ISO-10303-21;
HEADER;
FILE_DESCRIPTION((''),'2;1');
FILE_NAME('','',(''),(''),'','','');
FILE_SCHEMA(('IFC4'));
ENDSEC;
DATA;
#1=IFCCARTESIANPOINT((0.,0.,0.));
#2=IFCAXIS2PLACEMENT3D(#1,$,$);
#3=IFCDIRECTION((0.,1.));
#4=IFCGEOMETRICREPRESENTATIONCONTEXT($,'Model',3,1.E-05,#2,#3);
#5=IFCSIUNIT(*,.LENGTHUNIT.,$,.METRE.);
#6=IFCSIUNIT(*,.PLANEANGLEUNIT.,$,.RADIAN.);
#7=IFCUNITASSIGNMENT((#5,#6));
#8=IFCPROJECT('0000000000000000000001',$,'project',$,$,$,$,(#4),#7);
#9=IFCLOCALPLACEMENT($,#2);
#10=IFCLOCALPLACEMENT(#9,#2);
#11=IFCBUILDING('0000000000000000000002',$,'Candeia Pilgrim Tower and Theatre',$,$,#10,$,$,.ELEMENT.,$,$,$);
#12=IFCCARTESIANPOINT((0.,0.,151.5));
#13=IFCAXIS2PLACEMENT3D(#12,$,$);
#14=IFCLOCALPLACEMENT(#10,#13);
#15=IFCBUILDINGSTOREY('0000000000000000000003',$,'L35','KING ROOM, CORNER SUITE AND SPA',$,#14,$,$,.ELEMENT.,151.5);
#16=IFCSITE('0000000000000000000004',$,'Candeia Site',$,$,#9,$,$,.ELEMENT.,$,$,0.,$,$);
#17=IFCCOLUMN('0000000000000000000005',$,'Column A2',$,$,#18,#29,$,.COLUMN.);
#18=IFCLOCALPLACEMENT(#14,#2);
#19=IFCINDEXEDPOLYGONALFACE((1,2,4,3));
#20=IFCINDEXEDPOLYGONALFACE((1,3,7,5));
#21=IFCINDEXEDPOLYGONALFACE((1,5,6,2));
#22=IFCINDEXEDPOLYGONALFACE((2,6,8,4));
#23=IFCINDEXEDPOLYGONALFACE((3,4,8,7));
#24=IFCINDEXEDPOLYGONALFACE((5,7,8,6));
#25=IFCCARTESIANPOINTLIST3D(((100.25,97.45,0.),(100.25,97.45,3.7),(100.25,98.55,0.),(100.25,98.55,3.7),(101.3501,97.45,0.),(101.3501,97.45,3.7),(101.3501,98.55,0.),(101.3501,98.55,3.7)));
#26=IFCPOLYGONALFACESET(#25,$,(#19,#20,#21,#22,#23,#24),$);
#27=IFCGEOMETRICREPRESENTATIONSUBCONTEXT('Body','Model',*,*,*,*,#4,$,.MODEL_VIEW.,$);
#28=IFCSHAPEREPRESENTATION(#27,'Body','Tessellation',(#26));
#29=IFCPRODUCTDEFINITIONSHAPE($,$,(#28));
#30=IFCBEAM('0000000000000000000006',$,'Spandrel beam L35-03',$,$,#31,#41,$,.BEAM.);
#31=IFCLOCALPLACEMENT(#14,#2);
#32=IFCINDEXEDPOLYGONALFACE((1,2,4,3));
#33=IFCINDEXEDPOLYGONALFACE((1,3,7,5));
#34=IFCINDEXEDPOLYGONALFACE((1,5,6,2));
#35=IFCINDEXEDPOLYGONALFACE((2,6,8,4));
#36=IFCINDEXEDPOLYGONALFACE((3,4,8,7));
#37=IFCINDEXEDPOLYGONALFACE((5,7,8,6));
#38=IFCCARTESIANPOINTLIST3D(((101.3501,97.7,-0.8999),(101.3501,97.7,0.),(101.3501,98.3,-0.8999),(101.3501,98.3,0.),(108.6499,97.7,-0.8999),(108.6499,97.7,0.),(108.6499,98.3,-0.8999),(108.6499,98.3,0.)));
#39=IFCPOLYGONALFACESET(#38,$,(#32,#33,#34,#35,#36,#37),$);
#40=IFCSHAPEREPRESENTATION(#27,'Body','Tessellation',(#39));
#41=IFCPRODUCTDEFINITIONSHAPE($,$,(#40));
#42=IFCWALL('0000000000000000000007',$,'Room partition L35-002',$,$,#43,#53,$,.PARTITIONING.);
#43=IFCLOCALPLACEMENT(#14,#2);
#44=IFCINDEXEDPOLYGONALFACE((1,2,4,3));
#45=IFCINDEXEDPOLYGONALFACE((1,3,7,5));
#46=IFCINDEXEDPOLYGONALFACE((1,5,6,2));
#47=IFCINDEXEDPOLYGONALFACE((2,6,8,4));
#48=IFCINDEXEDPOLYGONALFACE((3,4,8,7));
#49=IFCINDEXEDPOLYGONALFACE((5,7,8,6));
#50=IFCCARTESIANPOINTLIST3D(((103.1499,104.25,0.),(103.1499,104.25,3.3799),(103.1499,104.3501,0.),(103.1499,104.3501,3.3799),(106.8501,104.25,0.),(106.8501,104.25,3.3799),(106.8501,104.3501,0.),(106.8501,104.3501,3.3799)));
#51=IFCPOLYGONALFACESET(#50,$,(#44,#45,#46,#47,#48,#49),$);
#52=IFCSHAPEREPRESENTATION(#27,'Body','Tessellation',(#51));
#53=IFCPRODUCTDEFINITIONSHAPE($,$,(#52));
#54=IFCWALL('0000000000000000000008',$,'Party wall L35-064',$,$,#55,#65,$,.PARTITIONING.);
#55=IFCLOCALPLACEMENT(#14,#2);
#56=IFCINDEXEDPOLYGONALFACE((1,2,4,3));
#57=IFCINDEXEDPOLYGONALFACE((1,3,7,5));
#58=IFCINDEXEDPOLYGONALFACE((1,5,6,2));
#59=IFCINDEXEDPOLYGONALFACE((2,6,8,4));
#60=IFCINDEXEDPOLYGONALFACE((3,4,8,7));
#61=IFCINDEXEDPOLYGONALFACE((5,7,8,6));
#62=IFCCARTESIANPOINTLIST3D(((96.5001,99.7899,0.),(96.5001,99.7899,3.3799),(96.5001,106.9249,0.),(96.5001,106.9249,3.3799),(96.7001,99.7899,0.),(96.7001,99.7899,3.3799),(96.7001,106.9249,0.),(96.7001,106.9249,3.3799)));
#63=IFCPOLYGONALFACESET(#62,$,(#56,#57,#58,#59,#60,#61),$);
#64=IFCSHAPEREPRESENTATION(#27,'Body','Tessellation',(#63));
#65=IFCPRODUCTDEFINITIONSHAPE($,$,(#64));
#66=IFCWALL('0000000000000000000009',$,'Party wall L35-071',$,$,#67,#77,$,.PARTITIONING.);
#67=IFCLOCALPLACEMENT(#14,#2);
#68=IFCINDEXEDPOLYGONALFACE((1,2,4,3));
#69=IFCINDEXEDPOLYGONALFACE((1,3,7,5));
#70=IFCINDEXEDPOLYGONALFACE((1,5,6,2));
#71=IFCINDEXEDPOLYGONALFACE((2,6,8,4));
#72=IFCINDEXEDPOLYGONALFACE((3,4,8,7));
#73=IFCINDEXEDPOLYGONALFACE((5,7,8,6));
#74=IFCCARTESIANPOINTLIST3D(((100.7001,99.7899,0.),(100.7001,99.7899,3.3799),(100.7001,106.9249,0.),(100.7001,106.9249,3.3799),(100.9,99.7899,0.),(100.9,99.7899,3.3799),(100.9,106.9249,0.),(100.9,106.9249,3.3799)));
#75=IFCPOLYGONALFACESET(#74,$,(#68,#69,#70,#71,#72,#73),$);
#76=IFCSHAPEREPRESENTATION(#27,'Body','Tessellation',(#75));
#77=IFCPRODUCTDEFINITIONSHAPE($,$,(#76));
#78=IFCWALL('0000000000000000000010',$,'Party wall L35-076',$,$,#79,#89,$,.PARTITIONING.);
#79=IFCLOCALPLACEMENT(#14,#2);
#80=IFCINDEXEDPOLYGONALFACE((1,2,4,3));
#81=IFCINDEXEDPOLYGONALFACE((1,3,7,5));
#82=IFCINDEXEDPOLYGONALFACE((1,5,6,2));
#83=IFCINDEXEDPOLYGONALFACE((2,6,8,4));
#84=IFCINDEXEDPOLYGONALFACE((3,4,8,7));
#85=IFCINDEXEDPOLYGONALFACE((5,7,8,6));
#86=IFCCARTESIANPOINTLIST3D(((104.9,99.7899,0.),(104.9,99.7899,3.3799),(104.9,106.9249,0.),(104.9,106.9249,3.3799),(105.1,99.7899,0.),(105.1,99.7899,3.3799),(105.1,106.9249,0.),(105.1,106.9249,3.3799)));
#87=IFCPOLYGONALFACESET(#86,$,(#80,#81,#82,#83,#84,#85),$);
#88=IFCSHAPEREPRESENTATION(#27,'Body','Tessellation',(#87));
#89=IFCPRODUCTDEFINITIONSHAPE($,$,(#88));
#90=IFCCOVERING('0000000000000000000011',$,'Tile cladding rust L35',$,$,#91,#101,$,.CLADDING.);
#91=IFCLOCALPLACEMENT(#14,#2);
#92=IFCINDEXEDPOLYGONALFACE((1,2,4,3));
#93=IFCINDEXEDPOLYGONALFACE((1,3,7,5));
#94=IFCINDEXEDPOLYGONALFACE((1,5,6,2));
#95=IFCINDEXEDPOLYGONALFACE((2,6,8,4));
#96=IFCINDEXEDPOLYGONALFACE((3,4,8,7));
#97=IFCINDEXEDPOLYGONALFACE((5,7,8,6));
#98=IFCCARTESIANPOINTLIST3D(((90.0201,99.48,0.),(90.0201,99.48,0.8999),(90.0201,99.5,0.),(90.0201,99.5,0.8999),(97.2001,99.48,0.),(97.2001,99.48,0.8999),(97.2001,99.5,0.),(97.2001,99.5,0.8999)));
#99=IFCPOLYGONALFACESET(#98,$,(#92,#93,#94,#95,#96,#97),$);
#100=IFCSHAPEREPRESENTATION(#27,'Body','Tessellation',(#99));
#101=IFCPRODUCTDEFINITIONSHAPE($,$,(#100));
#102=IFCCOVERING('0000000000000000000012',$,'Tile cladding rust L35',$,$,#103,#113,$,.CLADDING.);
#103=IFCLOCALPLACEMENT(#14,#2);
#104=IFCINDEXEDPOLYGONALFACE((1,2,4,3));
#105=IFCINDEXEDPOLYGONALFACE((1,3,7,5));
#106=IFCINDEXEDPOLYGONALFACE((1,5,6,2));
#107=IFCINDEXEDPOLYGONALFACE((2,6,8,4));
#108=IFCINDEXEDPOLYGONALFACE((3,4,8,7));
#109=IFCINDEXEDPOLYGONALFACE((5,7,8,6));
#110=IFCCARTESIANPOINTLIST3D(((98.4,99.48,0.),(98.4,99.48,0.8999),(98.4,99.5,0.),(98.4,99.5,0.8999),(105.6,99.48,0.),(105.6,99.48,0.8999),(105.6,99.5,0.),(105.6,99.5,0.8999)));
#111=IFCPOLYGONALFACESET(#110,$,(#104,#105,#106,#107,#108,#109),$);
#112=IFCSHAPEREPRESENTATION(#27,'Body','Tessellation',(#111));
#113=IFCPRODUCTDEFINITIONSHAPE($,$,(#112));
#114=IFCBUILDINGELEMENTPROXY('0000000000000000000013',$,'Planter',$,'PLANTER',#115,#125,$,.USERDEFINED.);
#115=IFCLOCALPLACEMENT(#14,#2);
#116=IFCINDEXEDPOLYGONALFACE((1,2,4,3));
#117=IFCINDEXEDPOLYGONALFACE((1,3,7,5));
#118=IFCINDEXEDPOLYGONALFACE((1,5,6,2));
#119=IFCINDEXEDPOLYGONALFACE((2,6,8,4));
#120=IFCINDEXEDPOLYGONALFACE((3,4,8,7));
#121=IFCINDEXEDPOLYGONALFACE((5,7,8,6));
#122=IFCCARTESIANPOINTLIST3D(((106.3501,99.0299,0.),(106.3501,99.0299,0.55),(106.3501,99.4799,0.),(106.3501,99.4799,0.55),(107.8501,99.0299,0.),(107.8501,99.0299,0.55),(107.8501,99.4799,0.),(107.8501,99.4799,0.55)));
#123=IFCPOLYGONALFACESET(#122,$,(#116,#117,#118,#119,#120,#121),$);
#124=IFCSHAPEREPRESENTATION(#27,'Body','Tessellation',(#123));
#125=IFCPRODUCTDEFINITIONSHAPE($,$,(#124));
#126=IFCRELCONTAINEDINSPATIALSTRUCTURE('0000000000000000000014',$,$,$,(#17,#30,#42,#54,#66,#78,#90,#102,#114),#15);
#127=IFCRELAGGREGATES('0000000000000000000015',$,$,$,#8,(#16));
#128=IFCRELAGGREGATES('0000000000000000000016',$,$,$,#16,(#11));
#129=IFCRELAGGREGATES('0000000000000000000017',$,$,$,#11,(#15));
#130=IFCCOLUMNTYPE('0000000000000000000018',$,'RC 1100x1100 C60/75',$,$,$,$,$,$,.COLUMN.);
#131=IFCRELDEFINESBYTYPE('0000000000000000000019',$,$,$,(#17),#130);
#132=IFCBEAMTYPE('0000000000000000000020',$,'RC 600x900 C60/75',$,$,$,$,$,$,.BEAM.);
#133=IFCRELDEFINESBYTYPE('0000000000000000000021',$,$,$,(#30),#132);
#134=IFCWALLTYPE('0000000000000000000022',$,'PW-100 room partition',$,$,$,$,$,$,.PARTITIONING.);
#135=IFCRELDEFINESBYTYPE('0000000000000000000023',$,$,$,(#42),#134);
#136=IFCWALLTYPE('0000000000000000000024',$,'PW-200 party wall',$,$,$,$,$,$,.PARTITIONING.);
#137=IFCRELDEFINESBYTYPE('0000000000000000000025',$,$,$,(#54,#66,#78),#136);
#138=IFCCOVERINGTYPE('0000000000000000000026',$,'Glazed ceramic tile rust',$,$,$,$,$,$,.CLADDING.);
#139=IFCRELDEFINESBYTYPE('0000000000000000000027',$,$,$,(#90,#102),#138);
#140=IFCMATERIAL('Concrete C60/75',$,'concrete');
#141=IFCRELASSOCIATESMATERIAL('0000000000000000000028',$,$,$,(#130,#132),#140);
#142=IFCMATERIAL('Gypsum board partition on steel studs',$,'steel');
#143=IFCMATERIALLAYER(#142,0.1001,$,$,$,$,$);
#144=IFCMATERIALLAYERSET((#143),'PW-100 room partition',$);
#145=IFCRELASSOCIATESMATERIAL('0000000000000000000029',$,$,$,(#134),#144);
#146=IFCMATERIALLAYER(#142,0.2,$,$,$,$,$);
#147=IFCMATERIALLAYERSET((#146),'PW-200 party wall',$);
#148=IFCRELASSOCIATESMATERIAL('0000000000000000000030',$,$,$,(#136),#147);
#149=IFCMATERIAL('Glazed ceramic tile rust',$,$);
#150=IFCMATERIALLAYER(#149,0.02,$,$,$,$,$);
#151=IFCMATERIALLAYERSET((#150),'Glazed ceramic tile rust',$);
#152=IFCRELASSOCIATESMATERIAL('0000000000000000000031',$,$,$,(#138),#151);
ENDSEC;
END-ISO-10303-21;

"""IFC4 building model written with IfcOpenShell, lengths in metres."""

from ifc_helpers import new_model, si_unit, direction, frame, frame_2d, origin, origin_2d, place, context, subcontext, project, spatial, rectangle, extrude, material, layer, layer_set, material_profile, profile_set, type_object, element, save


model = new_model("IFC4")

# Units and contexts
model_context = context("Model", 3, precision=1e-05, world=origin(), true_north=direction((0.0, 1.0)))
body_context = subcontext(model_context, "Body", "Model", "MODEL_VIEW")
ifc_project = project(units=[si_unit("LENGTHUNIT", "METRE"), si_unit("PLANEANGLEUNIT", "RADIAN")], contexts=[model_context])

# Site, building, storey
site_placement = place(None, origin())
site = spatial("IfcSite", under=ifc_project, at=site_placement, Name="Candeia Site", CompositionType="ELEMENT", RefElevation=0.0)
building_placement = place(site_placement, origin())
building = spatial("IfcBuilding", under=site, at=building_placement, Name="Candeia Pilgrim Tower and Theatre", CompositionType="ELEMENT")
storey_placement = place(building_placement, frame((0.0, 0.0, 151.5)))
storey = spatial("IfcBuildingStorey", under=building, at=storey_placement, Name="L35", Description="KING ROOM, CORNER SUITE AND SPA", CompositionType="ELEMENT", Elevation=151.5)

# Column
ifc_material_1 = material(Name="Concrete C60/75", Category="concrete")
ifc_material_profile_1 = material_profile(ifc_material_1, rectangle(XDim=1.1001, YDim=1.1001, at=origin_2d()))
ifc_profile_set_1 = profile_set([ifc_material_profile_1], Name="Concrete C60/75")
column_type = type_object("IfcColumnType", Name="RC 1100x1100 C60/75", PredefinedType="COLUMN", material=ifc_profile_set_1)
column_placement = place(storey_placement, frame((100.8, 98.0, 0.0), z_axis=(0.0, 0.0, 1.0), x_axis=(1.0, 0.0, 0.0)))
element("IfcColumn", 1, at=column_placement, inside=storey, type_object=column_type, Name="Column A2", PredefinedType="COLUMN", context=body_context, shape_type="SweptSolid", body=[
    extrude(rectangle(XDim=1.1001, YDim=1.1001, at=origin_2d()), origin(), (0.0, 0.0, 1.0), 3.7),
])

# Beam
ifc_material_profile_2 = material_profile(ifc_material_1, rectangle(XDim=0.6001, YDim=0.8999, at=origin_2d()))
ifc_profile_set_2 = profile_set([ifc_material_profile_2], Name="Concrete C60/75")
beam_type = type_object("IfcBeamType", Name="RC 600x900 C60/75", PredefinedType="BEAM", material=ifc_profile_set_2)
beam_placement = place(storey_placement, frame((101.3501, 98.0, -0.45), z_axis=(1.0, 0.0, 0.0), x_axis=(0.0, 1.0, 0.0)))
element("IfcBeam", 2, at=beam_placement, inside=storey, type_object=beam_type, Name="Spandrel beam L35-03", PredefinedType="BEAM", context=body_context, shape_type="SweptSolid", body=[
    extrude(rectangle(XDim=0.6001, YDim=0.8999, at=origin_2d()), origin(), (0.0, 0.0, 1.0), 7.2998),
])

# Walls
ifc_material_2 = material(Name="Gypsum board partition on steel studs", Category="steel")
ifc_layer_1 = layer(ifc_material_2, 0.1001)
ifc_layer_set_1 = layer_set([ifc_layer_1], Name="PW-100 room partition")
wall_type_1 = type_object("IfcWallType", Name="PW-100 room partition", PredefinedType="PARTITIONING", material=ifc_layer_set_1)
wall_placement = place(storey_placement, frame((103.1499, 104.3, 0.0), z_axis=(0.0, 0.0, 1.0), x_axis=(1.0, 0.0, 0.0)))
element("IfcWall", 3, at=wall_placement, inside=storey, type_object=wall_type_1, Name="Room partition L35-002", PredefinedType="PARTITIONING", context=body_context, shape_type="SweptSolid", body=[
    extrude(rectangle(XDim=3.7002, YDim=0.1001, at=frame_2d((1.8501, 0.0))), origin(), (0.0, 0.0, 1.0), 3.3799),
])
ifc_layer_2 = layer(ifc_material_2, 0.2)
ifc_layer_set_2 = layer_set([ifc_layer_2], Name="PW-200 party wall")
wall_type_2 = type_object("IfcWallType", Name="PW-200 party wall", PredefinedType="PARTITIONING", material=ifc_layer_set_2)
for number, where, z_axis, x_axis, name in (
    (4, (96.6001, 99.79, 0.0), (0.0, 0.0, 1.0), (0.0, 1.0, 0.0), "Party wall L35-064"),
    (5, (100.8, 99.79, 0.0), (0.0, 0.0, 1.0), (0.0, 1.0, 0.0), "Party wall L35-071"),
    (6, (105.0, 99.79, 0.0), (0.0, 0.0, 1.0), (0.0, 1.0, 0.0), "Party wall L35-076"),
):
    element("IfcWall", number, at=place(storey_placement, frame(where, z_axis=z_axis, x_axis=x_axis)), inside=storey, type_object=wall_type_2, Name=name, PredefinedType="PARTITIONING", context=body_context, shape_type="SweptSolid", body=[
        extrude(rectangle(XDim=7.135, YDim=0.2, at=frame_2d((3.5674, 0.0))), origin(), (0.0, 0.0, 1.0), 3.3799),
    ])

# Coverings
ifc_material_3 = material(Name="Glazed ceramic tile rust")
ifc_layer_3 = layer(ifc_material_3, 0.02)
ifc_layer_set_3 = layer_set([ifc_layer_3], Name="Glazed ceramic tile rust")
covering_type = type_object("IfcCoveringType", Name="Glazed ceramic tile rust", PredefinedType="CLADDING", material=ifc_layer_set_3)
covering_1_placement = place(storey_placement, frame((93.6101, 99.49, 0.0), z_axis=(0.0, 0.0, 1.0), x_axis=(1.0, 0.0, 0.0)))
element("IfcCovering", 7, at=covering_1_placement, inside=storey, type_object=covering_type, Name="Tile cladding rust L35", PredefinedType="CLADDING", context=body_context, shape_type="SweptSolid", body=[
    extrude(rectangle(XDim=7.1799, YDim=0.02, at=origin_2d()), origin(), (0.0, 0.0, 1.0), 0.8999),
])
covering_2_placement = place(storey_placement, frame((102.0, 99.49, 0.0), z_axis=(0.0, 0.0, 1.0), x_axis=(1.0, 0.0, 0.0)))
element("IfcCovering", 8, at=covering_2_placement, inside=storey, type_object=covering_type, Name="Tile cladding rust L35", PredefinedType="CLADDING", context=body_context, shape_type="SweptSolid", body=[
    extrude(rectangle(XDim=7.2, YDim=0.02, at=origin_2d()), origin(), (0.0, 0.0, 1.0), 0.8999),
])

# Building element proxy
proxy_placement = place(storey_placement, frame((107.1001, 99.2549, 0.0), z_axis=(0.0, 0.0, 1.0), x_axis=(1.0, 0.0, 0.0)))
element("IfcBuildingElementProxy", 9, at=proxy_placement, inside=storey, Name="Planter", ObjectType="PLANTER", PredefinedType="USERDEFINED", context=body_context, shape_type="SweptSolid", body=[
    extrude(rectangle(XDim=1.5, YDim=0.45, at=origin_2d()), origin(), (0.0, 0.0, 1.0), 0.55),
])

save(model, "model.ifc")
